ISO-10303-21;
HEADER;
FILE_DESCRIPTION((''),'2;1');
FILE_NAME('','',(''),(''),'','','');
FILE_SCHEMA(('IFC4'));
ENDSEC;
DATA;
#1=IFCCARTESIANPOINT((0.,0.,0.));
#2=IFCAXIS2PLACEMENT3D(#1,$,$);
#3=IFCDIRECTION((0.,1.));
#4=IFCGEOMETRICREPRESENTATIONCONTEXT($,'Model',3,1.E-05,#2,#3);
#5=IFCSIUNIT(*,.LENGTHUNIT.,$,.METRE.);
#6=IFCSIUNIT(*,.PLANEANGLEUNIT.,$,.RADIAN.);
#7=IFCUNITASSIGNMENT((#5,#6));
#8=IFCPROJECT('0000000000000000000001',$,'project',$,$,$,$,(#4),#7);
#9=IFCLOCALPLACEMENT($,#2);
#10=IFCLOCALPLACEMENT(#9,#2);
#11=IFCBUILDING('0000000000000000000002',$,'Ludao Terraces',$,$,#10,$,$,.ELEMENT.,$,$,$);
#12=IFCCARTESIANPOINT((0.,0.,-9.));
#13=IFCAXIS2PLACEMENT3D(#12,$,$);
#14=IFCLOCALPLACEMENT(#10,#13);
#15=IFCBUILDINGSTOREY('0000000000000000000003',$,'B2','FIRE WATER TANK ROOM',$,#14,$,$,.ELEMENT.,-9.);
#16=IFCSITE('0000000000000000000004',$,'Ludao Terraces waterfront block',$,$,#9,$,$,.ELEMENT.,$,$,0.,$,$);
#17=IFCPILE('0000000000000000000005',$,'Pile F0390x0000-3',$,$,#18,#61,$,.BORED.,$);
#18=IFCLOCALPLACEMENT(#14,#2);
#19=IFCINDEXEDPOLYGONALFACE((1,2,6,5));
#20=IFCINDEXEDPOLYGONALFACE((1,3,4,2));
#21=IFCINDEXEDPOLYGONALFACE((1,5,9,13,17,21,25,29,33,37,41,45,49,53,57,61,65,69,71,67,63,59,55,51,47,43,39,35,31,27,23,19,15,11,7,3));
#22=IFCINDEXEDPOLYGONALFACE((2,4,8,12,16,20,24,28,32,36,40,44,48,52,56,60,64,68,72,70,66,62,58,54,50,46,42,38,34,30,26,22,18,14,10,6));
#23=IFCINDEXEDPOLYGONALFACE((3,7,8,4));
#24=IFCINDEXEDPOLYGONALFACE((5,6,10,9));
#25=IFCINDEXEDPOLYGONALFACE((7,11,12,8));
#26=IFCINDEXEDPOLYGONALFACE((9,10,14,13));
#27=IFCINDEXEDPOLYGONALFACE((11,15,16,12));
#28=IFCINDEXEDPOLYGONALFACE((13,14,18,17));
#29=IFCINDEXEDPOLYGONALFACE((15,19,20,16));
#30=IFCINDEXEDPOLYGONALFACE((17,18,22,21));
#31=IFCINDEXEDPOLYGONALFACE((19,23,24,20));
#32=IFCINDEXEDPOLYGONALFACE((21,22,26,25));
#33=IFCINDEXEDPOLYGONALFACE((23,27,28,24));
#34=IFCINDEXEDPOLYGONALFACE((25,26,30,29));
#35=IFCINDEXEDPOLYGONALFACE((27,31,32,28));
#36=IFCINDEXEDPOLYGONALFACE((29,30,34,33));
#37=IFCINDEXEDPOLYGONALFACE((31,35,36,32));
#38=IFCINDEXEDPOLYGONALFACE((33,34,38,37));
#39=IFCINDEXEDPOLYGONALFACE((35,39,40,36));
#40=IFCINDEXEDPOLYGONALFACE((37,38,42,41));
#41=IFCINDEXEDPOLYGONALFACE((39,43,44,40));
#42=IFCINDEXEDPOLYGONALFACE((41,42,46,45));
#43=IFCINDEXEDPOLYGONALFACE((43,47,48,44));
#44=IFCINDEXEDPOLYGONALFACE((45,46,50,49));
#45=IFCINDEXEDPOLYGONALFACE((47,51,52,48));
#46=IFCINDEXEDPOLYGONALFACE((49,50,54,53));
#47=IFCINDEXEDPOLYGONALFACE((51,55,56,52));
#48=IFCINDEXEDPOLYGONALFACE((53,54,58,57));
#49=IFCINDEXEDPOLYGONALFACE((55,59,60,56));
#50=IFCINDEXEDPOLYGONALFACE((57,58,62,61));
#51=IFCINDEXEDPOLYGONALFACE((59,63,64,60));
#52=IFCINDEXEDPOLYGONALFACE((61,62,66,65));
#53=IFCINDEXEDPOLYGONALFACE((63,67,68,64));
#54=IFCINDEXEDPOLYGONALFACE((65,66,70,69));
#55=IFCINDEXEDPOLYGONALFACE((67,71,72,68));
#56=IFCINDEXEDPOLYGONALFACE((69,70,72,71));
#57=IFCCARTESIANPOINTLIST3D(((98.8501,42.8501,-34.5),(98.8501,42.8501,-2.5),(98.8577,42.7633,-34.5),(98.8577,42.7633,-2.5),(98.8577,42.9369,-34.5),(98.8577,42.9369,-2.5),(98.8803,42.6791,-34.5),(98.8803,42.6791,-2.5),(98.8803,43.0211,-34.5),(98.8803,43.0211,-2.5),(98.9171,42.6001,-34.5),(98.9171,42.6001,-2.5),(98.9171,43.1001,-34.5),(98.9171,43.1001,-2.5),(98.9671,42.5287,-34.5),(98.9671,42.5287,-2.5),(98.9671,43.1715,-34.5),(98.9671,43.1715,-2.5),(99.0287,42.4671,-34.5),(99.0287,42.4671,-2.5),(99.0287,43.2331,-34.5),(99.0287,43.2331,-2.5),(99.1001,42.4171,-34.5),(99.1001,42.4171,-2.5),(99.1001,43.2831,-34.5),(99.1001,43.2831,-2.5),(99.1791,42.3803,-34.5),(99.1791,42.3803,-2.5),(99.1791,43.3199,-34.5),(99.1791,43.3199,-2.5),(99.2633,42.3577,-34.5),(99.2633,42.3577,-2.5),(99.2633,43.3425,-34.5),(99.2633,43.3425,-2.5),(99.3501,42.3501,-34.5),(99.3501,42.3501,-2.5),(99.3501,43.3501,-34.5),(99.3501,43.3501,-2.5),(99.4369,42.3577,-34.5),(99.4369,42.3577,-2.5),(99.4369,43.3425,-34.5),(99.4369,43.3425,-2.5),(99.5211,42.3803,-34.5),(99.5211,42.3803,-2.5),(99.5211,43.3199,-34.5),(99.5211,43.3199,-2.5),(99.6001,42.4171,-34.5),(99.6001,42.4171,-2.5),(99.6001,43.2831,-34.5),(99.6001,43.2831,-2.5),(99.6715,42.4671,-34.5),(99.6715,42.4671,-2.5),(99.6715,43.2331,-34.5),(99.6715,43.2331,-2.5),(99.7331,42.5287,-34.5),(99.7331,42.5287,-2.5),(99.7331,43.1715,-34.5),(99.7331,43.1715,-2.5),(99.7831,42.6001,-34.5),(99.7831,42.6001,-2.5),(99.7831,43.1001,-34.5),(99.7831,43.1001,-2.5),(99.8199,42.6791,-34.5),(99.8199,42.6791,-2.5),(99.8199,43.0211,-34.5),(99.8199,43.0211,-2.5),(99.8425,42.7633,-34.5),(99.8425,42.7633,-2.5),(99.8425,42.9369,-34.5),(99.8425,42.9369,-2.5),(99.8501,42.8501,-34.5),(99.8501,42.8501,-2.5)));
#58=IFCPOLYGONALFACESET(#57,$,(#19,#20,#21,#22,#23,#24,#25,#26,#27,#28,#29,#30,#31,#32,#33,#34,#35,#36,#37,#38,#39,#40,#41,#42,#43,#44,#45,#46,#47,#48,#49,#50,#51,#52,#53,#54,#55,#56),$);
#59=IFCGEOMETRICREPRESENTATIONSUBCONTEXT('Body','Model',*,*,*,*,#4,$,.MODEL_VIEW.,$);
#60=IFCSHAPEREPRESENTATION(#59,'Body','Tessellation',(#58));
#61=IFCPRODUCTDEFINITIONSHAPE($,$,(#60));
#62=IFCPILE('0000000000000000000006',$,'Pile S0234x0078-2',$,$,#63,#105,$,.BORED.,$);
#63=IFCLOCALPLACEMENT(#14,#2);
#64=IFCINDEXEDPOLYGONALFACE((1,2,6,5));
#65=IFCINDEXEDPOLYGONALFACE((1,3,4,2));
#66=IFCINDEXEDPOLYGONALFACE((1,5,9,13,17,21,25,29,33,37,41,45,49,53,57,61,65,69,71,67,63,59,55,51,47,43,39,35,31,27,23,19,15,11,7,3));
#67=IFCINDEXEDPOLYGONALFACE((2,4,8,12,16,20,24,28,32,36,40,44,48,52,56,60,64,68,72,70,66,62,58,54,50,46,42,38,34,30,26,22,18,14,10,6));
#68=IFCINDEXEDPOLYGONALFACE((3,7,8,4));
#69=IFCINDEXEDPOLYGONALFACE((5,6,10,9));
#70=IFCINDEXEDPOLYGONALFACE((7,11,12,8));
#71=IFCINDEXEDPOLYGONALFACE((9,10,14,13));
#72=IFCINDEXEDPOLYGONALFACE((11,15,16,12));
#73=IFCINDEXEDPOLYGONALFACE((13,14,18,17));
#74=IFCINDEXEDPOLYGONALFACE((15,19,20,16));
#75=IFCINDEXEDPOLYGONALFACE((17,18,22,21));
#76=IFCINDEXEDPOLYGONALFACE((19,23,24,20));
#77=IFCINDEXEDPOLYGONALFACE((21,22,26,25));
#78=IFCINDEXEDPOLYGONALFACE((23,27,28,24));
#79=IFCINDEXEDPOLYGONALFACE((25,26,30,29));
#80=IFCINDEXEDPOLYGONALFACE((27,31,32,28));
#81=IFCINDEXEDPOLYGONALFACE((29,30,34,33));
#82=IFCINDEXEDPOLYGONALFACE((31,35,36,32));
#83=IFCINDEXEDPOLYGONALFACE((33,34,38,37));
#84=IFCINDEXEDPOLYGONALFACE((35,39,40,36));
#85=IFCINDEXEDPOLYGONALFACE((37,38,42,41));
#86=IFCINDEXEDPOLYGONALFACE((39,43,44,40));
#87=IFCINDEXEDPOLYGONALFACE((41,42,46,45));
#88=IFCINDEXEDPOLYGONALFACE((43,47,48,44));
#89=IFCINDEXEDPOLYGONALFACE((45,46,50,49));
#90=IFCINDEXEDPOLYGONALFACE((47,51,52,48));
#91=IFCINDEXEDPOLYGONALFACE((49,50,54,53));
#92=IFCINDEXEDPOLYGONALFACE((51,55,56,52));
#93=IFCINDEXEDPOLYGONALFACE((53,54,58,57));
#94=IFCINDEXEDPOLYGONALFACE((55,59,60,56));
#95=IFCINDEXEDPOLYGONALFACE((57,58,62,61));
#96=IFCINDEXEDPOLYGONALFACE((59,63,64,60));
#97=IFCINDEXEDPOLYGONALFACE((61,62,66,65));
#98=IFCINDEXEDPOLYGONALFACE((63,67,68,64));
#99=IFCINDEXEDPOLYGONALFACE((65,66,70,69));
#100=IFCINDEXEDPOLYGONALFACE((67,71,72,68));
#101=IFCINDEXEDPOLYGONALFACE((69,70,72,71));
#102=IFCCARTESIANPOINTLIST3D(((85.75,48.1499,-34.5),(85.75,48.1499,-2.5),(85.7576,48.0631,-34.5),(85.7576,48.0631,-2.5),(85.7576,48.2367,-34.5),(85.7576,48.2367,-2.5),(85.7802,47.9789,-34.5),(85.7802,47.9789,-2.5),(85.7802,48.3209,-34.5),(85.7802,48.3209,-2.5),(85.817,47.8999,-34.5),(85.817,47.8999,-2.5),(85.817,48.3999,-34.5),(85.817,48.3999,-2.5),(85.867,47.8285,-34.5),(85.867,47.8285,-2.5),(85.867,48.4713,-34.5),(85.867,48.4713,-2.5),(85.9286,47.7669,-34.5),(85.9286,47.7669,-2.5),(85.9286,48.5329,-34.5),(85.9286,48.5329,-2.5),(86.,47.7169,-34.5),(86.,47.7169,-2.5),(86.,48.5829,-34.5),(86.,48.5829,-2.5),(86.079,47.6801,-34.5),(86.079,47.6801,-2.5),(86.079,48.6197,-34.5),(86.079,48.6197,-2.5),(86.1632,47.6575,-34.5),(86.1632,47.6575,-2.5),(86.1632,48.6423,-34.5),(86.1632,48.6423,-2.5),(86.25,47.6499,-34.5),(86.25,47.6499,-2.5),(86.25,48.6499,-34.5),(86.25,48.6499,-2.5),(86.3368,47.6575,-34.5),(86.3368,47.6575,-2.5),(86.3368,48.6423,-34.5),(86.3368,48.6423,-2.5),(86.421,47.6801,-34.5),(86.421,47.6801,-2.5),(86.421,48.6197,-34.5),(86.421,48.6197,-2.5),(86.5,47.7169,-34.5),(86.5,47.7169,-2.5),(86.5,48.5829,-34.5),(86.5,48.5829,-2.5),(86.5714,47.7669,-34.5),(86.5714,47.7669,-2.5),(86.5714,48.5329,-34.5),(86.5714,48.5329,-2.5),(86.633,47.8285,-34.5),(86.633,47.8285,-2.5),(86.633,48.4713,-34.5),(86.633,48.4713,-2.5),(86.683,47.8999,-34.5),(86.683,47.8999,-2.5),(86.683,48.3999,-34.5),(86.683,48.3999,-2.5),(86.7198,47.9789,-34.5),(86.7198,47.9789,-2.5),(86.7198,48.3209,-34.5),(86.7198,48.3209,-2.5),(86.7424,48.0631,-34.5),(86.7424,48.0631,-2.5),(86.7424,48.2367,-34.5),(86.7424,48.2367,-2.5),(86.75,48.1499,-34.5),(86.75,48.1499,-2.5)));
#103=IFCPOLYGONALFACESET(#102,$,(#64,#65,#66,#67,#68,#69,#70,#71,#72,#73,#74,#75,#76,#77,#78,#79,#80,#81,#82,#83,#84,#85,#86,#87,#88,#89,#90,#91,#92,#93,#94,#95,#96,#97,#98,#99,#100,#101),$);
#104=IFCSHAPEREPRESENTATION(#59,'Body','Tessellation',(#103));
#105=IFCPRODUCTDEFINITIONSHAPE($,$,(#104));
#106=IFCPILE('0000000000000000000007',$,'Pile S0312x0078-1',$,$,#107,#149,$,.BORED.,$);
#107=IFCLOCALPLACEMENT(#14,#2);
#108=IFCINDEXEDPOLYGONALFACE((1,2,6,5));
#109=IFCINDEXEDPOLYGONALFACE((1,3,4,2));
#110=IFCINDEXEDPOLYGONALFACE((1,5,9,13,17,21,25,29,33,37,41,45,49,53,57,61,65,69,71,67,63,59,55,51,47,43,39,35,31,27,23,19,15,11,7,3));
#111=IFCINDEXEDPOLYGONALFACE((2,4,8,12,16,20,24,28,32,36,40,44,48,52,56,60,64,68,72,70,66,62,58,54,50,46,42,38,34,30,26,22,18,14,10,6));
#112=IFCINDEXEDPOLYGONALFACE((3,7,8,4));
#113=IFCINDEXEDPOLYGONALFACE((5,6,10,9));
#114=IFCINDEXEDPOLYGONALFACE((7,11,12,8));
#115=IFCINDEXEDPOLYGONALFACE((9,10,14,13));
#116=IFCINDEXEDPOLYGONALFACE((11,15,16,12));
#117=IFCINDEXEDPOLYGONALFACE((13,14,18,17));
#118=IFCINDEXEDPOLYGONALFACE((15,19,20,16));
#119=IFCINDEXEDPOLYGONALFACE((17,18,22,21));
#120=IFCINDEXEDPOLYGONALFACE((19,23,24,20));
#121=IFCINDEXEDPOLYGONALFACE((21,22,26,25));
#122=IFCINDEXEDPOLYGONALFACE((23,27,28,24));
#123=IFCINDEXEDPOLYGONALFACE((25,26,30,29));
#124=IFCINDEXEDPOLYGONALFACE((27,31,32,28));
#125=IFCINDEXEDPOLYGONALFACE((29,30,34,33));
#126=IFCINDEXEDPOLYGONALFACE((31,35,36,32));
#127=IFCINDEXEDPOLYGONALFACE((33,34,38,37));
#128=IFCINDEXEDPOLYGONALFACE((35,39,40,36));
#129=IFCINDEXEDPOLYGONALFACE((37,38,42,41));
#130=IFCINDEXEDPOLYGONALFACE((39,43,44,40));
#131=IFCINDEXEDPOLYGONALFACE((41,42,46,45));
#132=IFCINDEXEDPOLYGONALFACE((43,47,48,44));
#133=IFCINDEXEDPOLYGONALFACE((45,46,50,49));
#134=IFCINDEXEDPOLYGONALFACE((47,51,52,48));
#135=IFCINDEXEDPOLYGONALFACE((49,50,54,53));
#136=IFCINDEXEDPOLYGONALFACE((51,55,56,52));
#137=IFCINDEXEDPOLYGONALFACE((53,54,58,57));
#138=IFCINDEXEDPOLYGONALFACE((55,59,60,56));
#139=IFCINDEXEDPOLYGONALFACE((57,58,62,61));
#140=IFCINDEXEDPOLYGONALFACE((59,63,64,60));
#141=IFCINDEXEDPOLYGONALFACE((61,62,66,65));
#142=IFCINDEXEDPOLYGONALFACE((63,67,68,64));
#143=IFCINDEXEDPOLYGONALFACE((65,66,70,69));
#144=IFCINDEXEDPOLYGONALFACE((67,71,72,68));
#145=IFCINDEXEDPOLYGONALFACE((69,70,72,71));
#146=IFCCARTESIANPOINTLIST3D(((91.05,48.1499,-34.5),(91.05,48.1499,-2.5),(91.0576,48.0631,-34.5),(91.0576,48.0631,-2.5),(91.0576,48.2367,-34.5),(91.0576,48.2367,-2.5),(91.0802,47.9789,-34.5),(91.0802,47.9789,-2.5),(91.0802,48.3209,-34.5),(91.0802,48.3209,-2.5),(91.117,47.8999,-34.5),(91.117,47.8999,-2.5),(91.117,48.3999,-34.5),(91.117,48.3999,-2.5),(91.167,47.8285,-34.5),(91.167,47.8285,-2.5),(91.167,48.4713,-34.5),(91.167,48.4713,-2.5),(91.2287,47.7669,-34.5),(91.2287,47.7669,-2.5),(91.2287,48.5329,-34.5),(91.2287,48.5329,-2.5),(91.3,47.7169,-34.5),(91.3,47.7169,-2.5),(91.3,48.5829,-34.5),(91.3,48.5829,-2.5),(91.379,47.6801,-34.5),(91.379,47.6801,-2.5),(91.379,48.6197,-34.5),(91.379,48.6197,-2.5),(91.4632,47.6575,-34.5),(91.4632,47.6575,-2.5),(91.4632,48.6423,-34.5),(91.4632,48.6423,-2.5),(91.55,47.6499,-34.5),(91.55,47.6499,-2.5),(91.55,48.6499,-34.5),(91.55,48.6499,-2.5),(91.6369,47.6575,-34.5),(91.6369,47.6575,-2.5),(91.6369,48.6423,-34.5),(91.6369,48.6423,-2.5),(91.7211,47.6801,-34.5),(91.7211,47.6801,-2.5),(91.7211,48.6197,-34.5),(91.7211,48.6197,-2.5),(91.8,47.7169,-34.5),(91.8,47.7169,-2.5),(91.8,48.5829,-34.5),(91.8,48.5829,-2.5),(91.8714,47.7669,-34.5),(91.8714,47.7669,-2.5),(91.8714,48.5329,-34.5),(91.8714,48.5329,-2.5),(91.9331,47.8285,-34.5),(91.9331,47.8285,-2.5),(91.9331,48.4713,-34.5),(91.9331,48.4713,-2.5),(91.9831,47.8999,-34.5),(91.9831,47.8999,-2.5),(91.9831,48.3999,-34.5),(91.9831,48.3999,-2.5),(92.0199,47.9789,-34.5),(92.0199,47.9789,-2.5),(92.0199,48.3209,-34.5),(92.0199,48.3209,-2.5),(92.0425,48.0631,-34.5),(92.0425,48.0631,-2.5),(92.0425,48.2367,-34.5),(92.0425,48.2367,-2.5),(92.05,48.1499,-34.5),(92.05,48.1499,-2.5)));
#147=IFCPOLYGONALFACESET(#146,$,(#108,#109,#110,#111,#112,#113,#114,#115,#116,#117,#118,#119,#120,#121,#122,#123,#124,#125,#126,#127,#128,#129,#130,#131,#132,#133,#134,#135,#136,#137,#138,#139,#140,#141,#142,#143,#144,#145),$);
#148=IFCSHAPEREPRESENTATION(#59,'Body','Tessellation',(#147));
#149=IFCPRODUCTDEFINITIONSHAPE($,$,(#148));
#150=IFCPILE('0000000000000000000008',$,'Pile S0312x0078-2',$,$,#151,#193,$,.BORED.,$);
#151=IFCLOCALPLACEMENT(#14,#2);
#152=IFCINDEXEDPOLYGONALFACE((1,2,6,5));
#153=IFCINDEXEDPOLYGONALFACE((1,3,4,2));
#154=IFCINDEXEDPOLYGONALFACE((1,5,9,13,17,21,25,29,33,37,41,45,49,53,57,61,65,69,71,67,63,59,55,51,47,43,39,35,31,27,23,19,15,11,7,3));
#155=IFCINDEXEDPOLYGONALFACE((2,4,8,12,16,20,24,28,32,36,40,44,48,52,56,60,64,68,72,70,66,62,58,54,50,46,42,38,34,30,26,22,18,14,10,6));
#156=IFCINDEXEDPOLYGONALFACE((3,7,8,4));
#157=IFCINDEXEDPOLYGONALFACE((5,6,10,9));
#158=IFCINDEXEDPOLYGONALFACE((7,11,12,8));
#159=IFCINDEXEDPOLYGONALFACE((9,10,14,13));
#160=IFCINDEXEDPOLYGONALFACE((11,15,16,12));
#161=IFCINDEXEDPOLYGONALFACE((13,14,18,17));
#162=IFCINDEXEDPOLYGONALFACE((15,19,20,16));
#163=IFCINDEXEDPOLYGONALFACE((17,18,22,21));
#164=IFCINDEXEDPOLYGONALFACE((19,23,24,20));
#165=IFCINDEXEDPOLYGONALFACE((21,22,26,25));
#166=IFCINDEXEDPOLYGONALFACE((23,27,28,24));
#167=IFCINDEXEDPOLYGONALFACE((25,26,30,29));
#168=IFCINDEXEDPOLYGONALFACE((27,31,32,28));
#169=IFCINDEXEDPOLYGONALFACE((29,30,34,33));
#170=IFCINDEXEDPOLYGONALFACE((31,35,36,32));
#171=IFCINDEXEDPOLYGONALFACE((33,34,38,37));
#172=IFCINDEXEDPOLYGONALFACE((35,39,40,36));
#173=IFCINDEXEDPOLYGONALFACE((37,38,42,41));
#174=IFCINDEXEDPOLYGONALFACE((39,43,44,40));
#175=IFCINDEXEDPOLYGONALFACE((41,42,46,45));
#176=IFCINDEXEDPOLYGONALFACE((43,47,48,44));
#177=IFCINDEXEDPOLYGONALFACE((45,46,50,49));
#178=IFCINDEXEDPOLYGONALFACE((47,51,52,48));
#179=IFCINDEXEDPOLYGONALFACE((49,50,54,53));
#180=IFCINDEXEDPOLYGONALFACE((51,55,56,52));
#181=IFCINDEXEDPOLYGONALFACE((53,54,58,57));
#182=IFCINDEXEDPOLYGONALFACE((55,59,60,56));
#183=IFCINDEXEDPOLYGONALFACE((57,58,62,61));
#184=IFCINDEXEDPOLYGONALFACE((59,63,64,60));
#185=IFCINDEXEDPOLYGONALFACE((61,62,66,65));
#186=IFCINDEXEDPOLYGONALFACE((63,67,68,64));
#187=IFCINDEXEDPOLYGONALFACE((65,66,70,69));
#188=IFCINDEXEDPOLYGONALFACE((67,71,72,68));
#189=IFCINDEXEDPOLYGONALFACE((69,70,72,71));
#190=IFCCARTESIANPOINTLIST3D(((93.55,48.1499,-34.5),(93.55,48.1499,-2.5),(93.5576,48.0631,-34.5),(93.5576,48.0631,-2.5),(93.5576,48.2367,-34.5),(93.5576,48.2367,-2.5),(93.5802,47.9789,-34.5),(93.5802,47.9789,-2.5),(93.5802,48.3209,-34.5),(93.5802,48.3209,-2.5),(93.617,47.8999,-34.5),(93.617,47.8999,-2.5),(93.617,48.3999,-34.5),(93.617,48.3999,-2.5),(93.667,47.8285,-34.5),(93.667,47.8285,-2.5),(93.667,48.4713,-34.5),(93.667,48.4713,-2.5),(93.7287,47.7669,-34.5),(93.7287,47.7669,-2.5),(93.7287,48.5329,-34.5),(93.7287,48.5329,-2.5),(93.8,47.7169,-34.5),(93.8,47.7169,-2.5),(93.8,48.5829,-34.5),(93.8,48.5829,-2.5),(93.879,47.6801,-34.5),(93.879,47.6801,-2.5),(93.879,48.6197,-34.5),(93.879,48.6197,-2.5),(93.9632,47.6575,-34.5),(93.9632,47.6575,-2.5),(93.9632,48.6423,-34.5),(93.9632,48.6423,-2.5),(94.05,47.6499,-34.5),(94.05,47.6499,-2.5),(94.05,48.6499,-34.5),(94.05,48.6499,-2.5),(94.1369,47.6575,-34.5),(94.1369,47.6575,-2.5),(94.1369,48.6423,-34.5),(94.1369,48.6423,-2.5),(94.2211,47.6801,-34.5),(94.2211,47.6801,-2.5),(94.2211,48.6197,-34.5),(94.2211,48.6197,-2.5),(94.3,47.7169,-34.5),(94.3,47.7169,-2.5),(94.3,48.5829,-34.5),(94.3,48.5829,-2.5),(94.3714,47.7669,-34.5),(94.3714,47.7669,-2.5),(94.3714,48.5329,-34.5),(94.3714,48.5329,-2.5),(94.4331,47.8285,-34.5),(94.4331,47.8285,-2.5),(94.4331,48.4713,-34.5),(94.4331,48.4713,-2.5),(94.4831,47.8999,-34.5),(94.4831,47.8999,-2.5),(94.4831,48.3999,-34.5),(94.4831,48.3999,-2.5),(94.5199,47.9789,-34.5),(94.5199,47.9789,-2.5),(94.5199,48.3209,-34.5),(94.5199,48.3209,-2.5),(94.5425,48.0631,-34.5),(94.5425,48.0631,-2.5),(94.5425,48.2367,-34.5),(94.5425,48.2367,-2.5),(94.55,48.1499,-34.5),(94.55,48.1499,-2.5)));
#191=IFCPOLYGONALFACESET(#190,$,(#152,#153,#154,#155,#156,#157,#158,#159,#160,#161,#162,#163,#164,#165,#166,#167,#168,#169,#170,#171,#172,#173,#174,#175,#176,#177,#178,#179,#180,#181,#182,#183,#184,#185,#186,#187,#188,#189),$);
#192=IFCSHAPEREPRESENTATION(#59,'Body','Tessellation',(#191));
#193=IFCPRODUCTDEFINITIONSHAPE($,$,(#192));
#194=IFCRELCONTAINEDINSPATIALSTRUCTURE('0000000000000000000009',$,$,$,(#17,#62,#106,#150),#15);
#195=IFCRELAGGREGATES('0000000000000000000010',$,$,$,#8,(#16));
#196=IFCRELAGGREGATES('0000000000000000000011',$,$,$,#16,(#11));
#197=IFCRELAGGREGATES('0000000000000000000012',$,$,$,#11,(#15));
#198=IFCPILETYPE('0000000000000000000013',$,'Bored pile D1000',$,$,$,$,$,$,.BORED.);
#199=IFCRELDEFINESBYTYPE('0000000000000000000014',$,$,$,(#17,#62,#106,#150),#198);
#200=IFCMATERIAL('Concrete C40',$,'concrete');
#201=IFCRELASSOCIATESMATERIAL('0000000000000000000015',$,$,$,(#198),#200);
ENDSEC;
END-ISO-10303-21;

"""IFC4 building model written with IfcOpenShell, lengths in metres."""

from ifc_helpers import new_model, si_unit, direction, frame, origin, origin_2d, place, context, subcontext, project, spatial, circle, extrude, material, material_profile, profile_set, type_object, element, save


model = new_model("IFC4")

# Units and contexts
model_context = context("Model", 3, precision=1e-05, world=origin(), true_north=direction((0.0, 1.0)))
body_context = subcontext(model_context, "Body", "Model", "MODEL_VIEW")
ifc_project = project(units=[si_unit("LENGTHUNIT", "METRE"), si_unit("PLANEANGLEUNIT", "RADIAN")], contexts=[model_context])

# Site, building, storey
site_placement = place(None, origin())
site = spatial("IfcSite", under=ifc_project, at=site_placement, Name="Ludao Terraces waterfront block", CompositionType="ELEMENT", RefElevation=0.0)
building_placement = place(site_placement, origin())
building = spatial("IfcBuilding", under=site, at=building_placement, Name="Ludao Terraces", CompositionType="ELEMENT")
storey_placement = place(building_placement, frame((0.0, 0.0, -9.0)))
storey = spatial("IfcBuildingStorey", under=building, at=storey_placement, Name="B2", Description="FIRE WATER TANK ROOM", CompositionType="ELEMENT", Elevation=-9.0)

# Piles
ifc_material_1 = material(Name="Concrete C40", Category="concrete")
ifc_material_profile_1 = material_profile(ifc_material_1, circle(Radius=0.5, at=origin_2d()), Name="D1000 BORED PILE")
ifc_profile_set_1 = profile_set([ifc_material_profile_1], Name="Concrete C40")
pile_type = type_object("IfcPileType", Name="Bored pile D1000", PredefinedType="BORED", material=ifc_profile_set_1)
for number, where, z_axis, x_axis, name in (
    (1, (99.3501, 42.8501, -2.5), (0.0, 0.0, -1.0), (1.0, 0.0, 0.0), "Pile F0390x0000-3"),
    (2, (86.25, 48.1499, -2.5), (0.0, 0.0, -1.0), (1.0, 0.0, 0.0), "Pile S0234x0078-2"),
    (3, (91.55, 48.1499, -2.5), (0.0, 0.0, -1.0), (1.0, 0.0, 0.0), "Pile S0312x0078-1"),
    (4, (94.05, 48.1499, -2.5), (0.0, 0.0, -1.0), (1.0, 0.0, 0.0), "Pile S0312x0078-2"),
):
    element("IfcPile", number, at=place(storey_placement, frame(where, z_axis=z_axis, x_axis=x_axis)), inside=storey, type_object=pile_type, Name=name, PredefinedType="BORED", context=body_context, shape_type="SweptSolid", body=[
        extrude(circle(Radius=0.5, at=origin_2d()), origin(), (0.0, 0.0, 1.0), 32.0),
    ])

save(model, "model.ifc")
